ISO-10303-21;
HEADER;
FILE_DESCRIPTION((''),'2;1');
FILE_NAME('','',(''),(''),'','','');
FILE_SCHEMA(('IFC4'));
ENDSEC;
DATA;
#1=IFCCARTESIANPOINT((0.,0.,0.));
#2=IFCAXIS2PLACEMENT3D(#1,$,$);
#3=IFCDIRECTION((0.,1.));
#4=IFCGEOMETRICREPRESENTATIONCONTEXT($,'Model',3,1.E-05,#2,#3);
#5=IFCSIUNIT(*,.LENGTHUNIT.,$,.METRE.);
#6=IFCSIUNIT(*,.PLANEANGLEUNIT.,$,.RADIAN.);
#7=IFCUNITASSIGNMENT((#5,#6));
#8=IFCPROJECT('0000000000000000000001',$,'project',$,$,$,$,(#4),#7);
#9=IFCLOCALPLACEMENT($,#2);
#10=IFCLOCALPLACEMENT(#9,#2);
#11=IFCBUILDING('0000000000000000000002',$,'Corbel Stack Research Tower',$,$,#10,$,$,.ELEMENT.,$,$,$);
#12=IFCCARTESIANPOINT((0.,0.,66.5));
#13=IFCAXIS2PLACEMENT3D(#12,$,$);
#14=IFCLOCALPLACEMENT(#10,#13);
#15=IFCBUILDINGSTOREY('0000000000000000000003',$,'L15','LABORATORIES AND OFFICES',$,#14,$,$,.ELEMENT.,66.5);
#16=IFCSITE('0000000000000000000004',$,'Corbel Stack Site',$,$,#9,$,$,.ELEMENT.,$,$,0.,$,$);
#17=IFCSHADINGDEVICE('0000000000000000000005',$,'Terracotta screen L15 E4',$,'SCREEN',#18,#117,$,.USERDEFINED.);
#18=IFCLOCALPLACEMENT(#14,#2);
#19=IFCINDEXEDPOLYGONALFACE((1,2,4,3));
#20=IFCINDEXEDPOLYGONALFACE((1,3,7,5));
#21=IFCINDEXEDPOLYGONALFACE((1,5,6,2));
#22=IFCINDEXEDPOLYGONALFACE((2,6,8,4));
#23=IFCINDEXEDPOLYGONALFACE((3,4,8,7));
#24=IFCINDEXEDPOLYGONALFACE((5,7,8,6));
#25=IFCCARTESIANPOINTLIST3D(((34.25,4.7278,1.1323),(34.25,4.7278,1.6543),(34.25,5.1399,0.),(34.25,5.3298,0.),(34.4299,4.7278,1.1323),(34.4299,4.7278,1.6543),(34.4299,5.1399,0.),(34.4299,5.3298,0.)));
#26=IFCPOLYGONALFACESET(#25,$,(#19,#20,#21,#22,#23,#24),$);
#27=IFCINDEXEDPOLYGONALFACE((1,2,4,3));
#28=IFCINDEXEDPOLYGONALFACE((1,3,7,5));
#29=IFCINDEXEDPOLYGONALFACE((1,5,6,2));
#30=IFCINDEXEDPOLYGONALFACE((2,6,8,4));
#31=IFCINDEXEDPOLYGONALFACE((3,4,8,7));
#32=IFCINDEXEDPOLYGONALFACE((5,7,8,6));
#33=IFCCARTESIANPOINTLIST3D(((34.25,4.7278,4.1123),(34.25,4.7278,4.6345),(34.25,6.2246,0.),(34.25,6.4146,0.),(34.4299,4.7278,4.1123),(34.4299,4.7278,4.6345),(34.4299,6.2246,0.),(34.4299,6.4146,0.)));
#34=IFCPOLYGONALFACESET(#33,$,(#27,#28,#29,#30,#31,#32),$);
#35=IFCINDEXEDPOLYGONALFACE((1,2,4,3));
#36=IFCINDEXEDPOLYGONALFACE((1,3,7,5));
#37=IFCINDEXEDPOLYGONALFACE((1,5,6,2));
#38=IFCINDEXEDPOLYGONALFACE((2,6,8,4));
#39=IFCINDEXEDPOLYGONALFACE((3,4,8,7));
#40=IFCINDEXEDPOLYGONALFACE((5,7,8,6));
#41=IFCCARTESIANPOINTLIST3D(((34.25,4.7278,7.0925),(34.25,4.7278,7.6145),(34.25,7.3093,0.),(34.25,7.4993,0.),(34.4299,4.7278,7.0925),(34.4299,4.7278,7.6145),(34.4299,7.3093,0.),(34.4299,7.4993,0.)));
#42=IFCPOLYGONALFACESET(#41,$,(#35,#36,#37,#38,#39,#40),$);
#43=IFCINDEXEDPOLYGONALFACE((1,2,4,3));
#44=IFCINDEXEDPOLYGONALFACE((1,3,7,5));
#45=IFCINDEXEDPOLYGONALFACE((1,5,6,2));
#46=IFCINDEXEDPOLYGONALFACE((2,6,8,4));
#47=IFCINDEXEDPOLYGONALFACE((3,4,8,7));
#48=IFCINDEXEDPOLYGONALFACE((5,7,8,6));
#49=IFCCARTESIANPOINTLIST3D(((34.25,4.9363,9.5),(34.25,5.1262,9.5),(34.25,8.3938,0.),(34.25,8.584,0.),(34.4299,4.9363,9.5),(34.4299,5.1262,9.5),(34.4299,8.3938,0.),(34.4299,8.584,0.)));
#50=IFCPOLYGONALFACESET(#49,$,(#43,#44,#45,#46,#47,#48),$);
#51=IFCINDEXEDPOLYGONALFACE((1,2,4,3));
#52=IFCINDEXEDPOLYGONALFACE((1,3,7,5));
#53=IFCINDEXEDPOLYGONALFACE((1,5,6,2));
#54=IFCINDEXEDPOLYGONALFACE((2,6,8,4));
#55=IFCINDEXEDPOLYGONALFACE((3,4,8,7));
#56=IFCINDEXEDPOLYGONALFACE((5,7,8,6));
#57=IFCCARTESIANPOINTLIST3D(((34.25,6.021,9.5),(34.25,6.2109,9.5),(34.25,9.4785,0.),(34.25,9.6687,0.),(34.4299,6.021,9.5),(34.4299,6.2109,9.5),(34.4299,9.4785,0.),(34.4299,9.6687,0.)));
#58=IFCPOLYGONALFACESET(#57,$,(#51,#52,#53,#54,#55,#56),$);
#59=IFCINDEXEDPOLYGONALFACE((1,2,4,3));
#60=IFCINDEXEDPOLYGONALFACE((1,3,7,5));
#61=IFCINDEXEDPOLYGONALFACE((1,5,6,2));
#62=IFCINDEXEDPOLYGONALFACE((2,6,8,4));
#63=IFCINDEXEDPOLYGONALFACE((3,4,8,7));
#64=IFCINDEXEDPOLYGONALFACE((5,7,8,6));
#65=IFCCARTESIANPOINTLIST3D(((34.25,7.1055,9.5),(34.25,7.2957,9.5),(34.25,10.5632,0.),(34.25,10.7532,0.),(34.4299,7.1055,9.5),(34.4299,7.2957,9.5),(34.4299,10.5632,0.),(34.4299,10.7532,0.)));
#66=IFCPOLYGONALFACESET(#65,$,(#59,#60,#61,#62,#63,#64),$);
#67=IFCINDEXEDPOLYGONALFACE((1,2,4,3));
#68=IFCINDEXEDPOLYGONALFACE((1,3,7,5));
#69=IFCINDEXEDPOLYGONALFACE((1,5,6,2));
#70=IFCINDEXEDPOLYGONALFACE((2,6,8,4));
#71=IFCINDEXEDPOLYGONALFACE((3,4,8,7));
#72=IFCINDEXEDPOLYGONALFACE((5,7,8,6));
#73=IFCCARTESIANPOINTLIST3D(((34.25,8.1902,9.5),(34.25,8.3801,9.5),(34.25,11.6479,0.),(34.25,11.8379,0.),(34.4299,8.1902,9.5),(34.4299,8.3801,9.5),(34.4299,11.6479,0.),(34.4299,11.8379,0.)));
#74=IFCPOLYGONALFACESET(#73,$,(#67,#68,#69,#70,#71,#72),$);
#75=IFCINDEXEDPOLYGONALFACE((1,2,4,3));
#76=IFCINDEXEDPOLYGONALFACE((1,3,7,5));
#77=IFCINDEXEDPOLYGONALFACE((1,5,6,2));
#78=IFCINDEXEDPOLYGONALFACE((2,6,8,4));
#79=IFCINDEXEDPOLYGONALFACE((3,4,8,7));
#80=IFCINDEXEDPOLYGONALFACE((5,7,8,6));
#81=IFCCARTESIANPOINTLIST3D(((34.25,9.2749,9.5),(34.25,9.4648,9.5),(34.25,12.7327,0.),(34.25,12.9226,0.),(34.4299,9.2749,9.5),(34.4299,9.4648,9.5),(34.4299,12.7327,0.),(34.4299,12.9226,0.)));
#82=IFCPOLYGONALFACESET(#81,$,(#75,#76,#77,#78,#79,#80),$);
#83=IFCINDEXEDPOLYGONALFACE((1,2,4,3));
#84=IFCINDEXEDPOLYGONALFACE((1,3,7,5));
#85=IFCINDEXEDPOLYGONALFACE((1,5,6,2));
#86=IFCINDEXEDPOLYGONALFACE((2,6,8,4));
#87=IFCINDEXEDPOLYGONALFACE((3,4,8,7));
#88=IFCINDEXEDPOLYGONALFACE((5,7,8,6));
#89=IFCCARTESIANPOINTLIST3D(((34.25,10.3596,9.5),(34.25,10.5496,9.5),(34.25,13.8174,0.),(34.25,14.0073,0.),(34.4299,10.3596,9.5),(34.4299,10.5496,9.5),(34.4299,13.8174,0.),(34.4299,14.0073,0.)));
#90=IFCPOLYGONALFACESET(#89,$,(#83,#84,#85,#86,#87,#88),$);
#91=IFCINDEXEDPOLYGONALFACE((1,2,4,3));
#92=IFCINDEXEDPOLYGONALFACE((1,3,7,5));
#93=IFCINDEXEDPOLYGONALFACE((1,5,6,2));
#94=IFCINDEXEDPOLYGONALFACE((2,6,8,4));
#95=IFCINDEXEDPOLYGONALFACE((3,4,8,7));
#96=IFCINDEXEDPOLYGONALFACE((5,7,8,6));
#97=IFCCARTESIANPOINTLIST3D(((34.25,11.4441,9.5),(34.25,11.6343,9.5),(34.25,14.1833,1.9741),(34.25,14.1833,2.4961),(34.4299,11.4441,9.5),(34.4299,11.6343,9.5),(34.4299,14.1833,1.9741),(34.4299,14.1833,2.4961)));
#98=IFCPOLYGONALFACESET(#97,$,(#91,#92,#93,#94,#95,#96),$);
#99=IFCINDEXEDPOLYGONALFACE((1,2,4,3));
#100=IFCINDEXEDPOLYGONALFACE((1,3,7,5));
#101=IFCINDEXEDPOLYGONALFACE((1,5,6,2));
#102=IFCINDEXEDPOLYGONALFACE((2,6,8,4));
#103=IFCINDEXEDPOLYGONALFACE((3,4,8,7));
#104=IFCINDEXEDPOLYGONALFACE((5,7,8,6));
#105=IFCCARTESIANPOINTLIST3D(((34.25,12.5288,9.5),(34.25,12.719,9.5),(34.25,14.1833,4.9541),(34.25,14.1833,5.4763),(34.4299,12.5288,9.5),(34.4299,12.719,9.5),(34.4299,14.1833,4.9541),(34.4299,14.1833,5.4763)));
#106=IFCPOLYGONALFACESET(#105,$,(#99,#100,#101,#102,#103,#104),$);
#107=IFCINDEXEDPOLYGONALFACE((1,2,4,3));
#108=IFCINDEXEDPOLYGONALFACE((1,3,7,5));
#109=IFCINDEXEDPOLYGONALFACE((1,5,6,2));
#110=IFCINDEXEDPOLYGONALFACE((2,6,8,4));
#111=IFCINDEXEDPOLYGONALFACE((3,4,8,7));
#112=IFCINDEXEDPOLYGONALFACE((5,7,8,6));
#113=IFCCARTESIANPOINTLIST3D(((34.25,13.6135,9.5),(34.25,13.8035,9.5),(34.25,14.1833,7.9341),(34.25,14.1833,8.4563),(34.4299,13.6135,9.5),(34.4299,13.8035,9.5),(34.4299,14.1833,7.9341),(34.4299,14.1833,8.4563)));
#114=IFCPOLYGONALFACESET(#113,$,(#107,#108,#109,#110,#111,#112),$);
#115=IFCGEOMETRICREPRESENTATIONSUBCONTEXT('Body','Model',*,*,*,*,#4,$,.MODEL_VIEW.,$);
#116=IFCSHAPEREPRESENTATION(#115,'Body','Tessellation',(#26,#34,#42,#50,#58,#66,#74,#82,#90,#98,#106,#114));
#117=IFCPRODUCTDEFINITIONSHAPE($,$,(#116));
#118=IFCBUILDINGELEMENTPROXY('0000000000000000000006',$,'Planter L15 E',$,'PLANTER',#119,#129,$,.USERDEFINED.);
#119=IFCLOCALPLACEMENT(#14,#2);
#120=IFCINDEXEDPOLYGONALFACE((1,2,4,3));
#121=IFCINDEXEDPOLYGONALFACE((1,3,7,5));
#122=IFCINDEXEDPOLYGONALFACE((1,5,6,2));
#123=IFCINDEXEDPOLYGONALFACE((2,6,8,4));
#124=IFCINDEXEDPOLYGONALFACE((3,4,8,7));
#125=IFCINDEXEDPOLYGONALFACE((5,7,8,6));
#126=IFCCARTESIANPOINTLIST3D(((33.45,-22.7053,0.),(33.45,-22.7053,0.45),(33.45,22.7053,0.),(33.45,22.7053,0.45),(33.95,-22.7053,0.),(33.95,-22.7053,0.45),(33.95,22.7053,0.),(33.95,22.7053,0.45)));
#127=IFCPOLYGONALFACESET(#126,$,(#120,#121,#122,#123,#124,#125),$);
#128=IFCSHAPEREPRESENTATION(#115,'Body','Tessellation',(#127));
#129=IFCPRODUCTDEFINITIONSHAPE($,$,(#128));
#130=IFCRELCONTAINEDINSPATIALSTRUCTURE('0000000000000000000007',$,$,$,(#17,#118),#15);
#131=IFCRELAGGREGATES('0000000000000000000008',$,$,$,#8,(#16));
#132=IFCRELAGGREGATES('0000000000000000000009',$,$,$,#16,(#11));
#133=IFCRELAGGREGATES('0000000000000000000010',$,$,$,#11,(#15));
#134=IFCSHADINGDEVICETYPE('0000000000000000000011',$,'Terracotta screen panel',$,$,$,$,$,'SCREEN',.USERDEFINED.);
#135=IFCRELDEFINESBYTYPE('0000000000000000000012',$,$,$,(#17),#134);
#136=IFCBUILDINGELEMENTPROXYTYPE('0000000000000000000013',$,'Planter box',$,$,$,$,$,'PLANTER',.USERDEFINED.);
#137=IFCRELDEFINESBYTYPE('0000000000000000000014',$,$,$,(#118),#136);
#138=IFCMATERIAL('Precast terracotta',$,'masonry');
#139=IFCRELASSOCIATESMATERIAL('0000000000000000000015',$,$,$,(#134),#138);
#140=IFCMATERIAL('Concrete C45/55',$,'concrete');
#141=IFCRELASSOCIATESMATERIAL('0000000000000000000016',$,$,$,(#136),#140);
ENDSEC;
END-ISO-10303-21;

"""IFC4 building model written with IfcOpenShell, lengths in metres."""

from ifc_helpers import new_model, si_unit, direction, frame, origin, origin_2d, place, context, subcontext, project, spatial, polyline, rectangle, outline, extrude, source, transform, mapped, material, type_object, element, save


model = new_model("IFC4")

# Units and contexts
model_context = context("Model", 3, precision=1e-05, world=origin(), true_north=direction((0.0, 1.0)))
body_context = subcontext(model_context, "Body", "Model", "MODEL_VIEW")
ifc_project = project(units=[si_unit("LENGTHUNIT", "METRE"), si_unit("PLANEANGLEUNIT", "RADIAN")], contexts=[model_context])

# Site, building, storey
site_placement = place(None, origin())
site = spatial("IfcSite", under=ifc_project, at=site_placement, Name="Corbel Stack Site", CompositionType="ELEMENT", RefElevation=0.0)
building_placement = place(site_placement, origin())
building = spatial("IfcBuilding", under=site, at=building_placement, Name="Corbel Stack Research Tower", CompositionType="ELEMENT")
storey_placement = place(building_placement, frame((0.0, 0.0, 66.5)))
storey = spatial("IfcBuildingStorey", under=building, at=storey_placement, Name="L15", Description="LABORATORIES AND OFFICES", CompositionType="ELEMENT", Elevation=66.5)

# Shading device
ifc_material_1 = material(Name="Precast terracotta", Category="masonry")
shading_device_type = type_object("IfcShadingDeviceType", Name="Terracotta screen panel", ElementType="SCREEN", PredefinedType="USERDEFINED", material=ifc_material_1)
shared_shape_1 = source(origin(), body_context, "Body", "SweptSolid", [
    extrude(outline(polyline([(0.6021, 0.0), (0.0, 1.6543), (0.0, 1.1323), (0.4121, 0.0), (0.6021, 0.0)])), frame((0.0, 0.0, 0.0), z_axis=(0.0, -1.0, 0.0), x_axis=(1.0, 0.0, 0.0)), (0.0, 0.0, 1.0), 0.1799),
    extrude(outline(polyline([(1.6868, 0.0), (0.0, 4.6345), (0.0, 4.1123), (1.4968, 0.0), (1.6868, 0.0)])), frame((0.0, 0.0, 0.0), z_axis=(0.0, -1.0, 0.0), x_axis=(1.0, 0.0, 0.0)), (0.0, 0.0, 1.0), 0.1799),
    extrude(outline(polyline([(2.7715, 0.0), (0.0, 7.6145), (0.0, 7.0925), (2.5815, 0.0), (2.7715, 0.0)])), frame((0.0, 0.0, 0.0), z_axis=(0.0, -1.0, 0.0), x_axis=(1.0, 0.0, 0.0)), (0.0, 0.0, 1.0), 0.1799),
    extrude(outline(polyline([(3.8562, 0.0), (0.3984, 9.5), (0.2085, 9.5), (3.666, 0.0), (3.8562, 0.0)])), frame((0.0, 0.0, 0.0), z_axis=(0.0, -1.0, 0.0), x_axis=(1.0, 0.0, 0.0)), (0.0, 0.0, 1.0), 0.1799),
    extrude(outline(polyline([(4.9409, 0.0), (1.4832, 9.5), (1.2932, 9.5), (4.7507, 0.0), (4.9409, 0.0)])), frame((0.0, 0.0, 0.0), z_axis=(0.0, -1.0, 0.0), x_axis=(1.0, 0.0, 0.0)), (0.0, 0.0, 1.0), 0.1799),
    extrude(outline(polyline([(6.0254, 0.0), (2.5679, 9.5), (2.3777, 9.5), (5.8354, 0.0), (6.0254, 0.0)])), frame((0.0, 0.0, 0.0), z_axis=(0.0, -1.0, 0.0), x_axis=(1.0, 0.0, 0.0)), (0.0, 0.0, 1.0), 0.1799),
    extrude(outline(polyline([(7.1101, 0.0), (3.6523, 9.5), (3.4624, 9.5), (6.9202, 0.0), (7.1101, 0.0)])), frame((0.0, 0.0, 0.0), z_axis=(0.0, -1.0, 0.0), x_axis=(1.0, 0.0, 0.0)), (0.0, 0.0, 1.0), 0.1799),
    extrude(outline(polyline([(8.1948, 0.0), (4.7371, 9.5), (4.5471, 9.5), (8.0049, 0.0), (8.1948, 0.0)])), frame((0.0, 0.0, 0.0), z_axis=(0.0, -1.0, 0.0), x_axis=(1.0, 0.0, 0.0)), (0.0, 0.0, 1.0), 0.1799),
    extrude(outline(polyline([(9.2795, 0.0), (5.8218, 9.5), (5.6318, 9.5), (9.0896, 0.0), (9.2795, 0.0)])), frame((0.0, 0.0, 0.0), z_axis=(0.0, -1.0, 0.0), x_axis=(1.0, 0.0, 0.0)), (0.0, 0.0, 1.0), 0.1799),
    extrude(outline(polyline([(6.9065, 9.5), (6.7163, 9.5), (9.4556, 1.9741), (9.4556, 2.4961), (6.9065, 9.5)])), frame((0.0, 0.0, 0.0), z_axis=(0.0, -1.0, 0.0), x_axis=(1.0, 0.0, 0.0)), (0.0, 0.0, 1.0), 0.1799),
    extrude(outline(polyline([(7.9912, 9.5), (7.801, 9.5), (9.4556, 4.9541), (9.4556, 5.4763), (7.9912, 9.5)])), frame((0.0, 0.0, 0.0), z_axis=(0.0, -1.0, 0.0), x_axis=(1.0, 0.0, 0.0)), (0.0, 0.0, 1.0), 0.1799),
    extrude(outline(polyline([(9.0757, 9.5), (8.8857, 9.5), (9.4556, 7.9341), (9.4556, 8.4563), (9.0757, 9.5)])), frame((0.0, 0.0, 0.0), z_axis=(0.0, -1.0, 0.0), x_axis=(1.0, 0.0, 0.0)), (0.0, 0.0, 1.0), 0.1799),
])
shading_device_1_placement = place(storey_placement, frame((34.25, 4.7278, 0.0), z_axis=(0.0, 0.0, 1.0), x_axis=(0.0, 1.0, 0.0)))
element("IfcShadingDevice", 1, at=shading_device_1_placement, inside=storey, type_object=shading_device_type, Name="Terracotta screen L15 E4", ObjectType="SCREEN", PredefinedType="USERDEFINED", context=body_context, shape_type="MappedRepresentation", body=[
    mapped(shared_shape_1, transform((0.0, 0.0, 0.0))),
])

# Building element proxy
ifc_material_2 = material(Name="Concrete C45/55", Category="concrete")
building_element_proxy_type = type_object("IfcBuildingElementProxyType", Name="Planter box", ElementType="PLANTER", PredefinedType="USERDEFINED", material=ifc_material_2)
proxy_placement = place(storey_placement, frame((33.7, 0.0, 0.0), z_axis=(0.0, 0.0, 1.0), x_axis=(0.0, 1.0, 0.0)))
element("IfcBuildingElementProxy", 2, at=proxy_placement, inside=storey, type_object=building_element_proxy_type, Name="Planter L15 E", ObjectType="PLANTER", PredefinedType="USERDEFINED", context=body_context, shape_type="SweptSolid", body=[
    extrude(rectangle(XDim=45.4106, YDim=0.5, at=origin_2d()), origin(), (0.0, 0.0, 1.0), 0.45),
])

save(model, "model.ifc")
